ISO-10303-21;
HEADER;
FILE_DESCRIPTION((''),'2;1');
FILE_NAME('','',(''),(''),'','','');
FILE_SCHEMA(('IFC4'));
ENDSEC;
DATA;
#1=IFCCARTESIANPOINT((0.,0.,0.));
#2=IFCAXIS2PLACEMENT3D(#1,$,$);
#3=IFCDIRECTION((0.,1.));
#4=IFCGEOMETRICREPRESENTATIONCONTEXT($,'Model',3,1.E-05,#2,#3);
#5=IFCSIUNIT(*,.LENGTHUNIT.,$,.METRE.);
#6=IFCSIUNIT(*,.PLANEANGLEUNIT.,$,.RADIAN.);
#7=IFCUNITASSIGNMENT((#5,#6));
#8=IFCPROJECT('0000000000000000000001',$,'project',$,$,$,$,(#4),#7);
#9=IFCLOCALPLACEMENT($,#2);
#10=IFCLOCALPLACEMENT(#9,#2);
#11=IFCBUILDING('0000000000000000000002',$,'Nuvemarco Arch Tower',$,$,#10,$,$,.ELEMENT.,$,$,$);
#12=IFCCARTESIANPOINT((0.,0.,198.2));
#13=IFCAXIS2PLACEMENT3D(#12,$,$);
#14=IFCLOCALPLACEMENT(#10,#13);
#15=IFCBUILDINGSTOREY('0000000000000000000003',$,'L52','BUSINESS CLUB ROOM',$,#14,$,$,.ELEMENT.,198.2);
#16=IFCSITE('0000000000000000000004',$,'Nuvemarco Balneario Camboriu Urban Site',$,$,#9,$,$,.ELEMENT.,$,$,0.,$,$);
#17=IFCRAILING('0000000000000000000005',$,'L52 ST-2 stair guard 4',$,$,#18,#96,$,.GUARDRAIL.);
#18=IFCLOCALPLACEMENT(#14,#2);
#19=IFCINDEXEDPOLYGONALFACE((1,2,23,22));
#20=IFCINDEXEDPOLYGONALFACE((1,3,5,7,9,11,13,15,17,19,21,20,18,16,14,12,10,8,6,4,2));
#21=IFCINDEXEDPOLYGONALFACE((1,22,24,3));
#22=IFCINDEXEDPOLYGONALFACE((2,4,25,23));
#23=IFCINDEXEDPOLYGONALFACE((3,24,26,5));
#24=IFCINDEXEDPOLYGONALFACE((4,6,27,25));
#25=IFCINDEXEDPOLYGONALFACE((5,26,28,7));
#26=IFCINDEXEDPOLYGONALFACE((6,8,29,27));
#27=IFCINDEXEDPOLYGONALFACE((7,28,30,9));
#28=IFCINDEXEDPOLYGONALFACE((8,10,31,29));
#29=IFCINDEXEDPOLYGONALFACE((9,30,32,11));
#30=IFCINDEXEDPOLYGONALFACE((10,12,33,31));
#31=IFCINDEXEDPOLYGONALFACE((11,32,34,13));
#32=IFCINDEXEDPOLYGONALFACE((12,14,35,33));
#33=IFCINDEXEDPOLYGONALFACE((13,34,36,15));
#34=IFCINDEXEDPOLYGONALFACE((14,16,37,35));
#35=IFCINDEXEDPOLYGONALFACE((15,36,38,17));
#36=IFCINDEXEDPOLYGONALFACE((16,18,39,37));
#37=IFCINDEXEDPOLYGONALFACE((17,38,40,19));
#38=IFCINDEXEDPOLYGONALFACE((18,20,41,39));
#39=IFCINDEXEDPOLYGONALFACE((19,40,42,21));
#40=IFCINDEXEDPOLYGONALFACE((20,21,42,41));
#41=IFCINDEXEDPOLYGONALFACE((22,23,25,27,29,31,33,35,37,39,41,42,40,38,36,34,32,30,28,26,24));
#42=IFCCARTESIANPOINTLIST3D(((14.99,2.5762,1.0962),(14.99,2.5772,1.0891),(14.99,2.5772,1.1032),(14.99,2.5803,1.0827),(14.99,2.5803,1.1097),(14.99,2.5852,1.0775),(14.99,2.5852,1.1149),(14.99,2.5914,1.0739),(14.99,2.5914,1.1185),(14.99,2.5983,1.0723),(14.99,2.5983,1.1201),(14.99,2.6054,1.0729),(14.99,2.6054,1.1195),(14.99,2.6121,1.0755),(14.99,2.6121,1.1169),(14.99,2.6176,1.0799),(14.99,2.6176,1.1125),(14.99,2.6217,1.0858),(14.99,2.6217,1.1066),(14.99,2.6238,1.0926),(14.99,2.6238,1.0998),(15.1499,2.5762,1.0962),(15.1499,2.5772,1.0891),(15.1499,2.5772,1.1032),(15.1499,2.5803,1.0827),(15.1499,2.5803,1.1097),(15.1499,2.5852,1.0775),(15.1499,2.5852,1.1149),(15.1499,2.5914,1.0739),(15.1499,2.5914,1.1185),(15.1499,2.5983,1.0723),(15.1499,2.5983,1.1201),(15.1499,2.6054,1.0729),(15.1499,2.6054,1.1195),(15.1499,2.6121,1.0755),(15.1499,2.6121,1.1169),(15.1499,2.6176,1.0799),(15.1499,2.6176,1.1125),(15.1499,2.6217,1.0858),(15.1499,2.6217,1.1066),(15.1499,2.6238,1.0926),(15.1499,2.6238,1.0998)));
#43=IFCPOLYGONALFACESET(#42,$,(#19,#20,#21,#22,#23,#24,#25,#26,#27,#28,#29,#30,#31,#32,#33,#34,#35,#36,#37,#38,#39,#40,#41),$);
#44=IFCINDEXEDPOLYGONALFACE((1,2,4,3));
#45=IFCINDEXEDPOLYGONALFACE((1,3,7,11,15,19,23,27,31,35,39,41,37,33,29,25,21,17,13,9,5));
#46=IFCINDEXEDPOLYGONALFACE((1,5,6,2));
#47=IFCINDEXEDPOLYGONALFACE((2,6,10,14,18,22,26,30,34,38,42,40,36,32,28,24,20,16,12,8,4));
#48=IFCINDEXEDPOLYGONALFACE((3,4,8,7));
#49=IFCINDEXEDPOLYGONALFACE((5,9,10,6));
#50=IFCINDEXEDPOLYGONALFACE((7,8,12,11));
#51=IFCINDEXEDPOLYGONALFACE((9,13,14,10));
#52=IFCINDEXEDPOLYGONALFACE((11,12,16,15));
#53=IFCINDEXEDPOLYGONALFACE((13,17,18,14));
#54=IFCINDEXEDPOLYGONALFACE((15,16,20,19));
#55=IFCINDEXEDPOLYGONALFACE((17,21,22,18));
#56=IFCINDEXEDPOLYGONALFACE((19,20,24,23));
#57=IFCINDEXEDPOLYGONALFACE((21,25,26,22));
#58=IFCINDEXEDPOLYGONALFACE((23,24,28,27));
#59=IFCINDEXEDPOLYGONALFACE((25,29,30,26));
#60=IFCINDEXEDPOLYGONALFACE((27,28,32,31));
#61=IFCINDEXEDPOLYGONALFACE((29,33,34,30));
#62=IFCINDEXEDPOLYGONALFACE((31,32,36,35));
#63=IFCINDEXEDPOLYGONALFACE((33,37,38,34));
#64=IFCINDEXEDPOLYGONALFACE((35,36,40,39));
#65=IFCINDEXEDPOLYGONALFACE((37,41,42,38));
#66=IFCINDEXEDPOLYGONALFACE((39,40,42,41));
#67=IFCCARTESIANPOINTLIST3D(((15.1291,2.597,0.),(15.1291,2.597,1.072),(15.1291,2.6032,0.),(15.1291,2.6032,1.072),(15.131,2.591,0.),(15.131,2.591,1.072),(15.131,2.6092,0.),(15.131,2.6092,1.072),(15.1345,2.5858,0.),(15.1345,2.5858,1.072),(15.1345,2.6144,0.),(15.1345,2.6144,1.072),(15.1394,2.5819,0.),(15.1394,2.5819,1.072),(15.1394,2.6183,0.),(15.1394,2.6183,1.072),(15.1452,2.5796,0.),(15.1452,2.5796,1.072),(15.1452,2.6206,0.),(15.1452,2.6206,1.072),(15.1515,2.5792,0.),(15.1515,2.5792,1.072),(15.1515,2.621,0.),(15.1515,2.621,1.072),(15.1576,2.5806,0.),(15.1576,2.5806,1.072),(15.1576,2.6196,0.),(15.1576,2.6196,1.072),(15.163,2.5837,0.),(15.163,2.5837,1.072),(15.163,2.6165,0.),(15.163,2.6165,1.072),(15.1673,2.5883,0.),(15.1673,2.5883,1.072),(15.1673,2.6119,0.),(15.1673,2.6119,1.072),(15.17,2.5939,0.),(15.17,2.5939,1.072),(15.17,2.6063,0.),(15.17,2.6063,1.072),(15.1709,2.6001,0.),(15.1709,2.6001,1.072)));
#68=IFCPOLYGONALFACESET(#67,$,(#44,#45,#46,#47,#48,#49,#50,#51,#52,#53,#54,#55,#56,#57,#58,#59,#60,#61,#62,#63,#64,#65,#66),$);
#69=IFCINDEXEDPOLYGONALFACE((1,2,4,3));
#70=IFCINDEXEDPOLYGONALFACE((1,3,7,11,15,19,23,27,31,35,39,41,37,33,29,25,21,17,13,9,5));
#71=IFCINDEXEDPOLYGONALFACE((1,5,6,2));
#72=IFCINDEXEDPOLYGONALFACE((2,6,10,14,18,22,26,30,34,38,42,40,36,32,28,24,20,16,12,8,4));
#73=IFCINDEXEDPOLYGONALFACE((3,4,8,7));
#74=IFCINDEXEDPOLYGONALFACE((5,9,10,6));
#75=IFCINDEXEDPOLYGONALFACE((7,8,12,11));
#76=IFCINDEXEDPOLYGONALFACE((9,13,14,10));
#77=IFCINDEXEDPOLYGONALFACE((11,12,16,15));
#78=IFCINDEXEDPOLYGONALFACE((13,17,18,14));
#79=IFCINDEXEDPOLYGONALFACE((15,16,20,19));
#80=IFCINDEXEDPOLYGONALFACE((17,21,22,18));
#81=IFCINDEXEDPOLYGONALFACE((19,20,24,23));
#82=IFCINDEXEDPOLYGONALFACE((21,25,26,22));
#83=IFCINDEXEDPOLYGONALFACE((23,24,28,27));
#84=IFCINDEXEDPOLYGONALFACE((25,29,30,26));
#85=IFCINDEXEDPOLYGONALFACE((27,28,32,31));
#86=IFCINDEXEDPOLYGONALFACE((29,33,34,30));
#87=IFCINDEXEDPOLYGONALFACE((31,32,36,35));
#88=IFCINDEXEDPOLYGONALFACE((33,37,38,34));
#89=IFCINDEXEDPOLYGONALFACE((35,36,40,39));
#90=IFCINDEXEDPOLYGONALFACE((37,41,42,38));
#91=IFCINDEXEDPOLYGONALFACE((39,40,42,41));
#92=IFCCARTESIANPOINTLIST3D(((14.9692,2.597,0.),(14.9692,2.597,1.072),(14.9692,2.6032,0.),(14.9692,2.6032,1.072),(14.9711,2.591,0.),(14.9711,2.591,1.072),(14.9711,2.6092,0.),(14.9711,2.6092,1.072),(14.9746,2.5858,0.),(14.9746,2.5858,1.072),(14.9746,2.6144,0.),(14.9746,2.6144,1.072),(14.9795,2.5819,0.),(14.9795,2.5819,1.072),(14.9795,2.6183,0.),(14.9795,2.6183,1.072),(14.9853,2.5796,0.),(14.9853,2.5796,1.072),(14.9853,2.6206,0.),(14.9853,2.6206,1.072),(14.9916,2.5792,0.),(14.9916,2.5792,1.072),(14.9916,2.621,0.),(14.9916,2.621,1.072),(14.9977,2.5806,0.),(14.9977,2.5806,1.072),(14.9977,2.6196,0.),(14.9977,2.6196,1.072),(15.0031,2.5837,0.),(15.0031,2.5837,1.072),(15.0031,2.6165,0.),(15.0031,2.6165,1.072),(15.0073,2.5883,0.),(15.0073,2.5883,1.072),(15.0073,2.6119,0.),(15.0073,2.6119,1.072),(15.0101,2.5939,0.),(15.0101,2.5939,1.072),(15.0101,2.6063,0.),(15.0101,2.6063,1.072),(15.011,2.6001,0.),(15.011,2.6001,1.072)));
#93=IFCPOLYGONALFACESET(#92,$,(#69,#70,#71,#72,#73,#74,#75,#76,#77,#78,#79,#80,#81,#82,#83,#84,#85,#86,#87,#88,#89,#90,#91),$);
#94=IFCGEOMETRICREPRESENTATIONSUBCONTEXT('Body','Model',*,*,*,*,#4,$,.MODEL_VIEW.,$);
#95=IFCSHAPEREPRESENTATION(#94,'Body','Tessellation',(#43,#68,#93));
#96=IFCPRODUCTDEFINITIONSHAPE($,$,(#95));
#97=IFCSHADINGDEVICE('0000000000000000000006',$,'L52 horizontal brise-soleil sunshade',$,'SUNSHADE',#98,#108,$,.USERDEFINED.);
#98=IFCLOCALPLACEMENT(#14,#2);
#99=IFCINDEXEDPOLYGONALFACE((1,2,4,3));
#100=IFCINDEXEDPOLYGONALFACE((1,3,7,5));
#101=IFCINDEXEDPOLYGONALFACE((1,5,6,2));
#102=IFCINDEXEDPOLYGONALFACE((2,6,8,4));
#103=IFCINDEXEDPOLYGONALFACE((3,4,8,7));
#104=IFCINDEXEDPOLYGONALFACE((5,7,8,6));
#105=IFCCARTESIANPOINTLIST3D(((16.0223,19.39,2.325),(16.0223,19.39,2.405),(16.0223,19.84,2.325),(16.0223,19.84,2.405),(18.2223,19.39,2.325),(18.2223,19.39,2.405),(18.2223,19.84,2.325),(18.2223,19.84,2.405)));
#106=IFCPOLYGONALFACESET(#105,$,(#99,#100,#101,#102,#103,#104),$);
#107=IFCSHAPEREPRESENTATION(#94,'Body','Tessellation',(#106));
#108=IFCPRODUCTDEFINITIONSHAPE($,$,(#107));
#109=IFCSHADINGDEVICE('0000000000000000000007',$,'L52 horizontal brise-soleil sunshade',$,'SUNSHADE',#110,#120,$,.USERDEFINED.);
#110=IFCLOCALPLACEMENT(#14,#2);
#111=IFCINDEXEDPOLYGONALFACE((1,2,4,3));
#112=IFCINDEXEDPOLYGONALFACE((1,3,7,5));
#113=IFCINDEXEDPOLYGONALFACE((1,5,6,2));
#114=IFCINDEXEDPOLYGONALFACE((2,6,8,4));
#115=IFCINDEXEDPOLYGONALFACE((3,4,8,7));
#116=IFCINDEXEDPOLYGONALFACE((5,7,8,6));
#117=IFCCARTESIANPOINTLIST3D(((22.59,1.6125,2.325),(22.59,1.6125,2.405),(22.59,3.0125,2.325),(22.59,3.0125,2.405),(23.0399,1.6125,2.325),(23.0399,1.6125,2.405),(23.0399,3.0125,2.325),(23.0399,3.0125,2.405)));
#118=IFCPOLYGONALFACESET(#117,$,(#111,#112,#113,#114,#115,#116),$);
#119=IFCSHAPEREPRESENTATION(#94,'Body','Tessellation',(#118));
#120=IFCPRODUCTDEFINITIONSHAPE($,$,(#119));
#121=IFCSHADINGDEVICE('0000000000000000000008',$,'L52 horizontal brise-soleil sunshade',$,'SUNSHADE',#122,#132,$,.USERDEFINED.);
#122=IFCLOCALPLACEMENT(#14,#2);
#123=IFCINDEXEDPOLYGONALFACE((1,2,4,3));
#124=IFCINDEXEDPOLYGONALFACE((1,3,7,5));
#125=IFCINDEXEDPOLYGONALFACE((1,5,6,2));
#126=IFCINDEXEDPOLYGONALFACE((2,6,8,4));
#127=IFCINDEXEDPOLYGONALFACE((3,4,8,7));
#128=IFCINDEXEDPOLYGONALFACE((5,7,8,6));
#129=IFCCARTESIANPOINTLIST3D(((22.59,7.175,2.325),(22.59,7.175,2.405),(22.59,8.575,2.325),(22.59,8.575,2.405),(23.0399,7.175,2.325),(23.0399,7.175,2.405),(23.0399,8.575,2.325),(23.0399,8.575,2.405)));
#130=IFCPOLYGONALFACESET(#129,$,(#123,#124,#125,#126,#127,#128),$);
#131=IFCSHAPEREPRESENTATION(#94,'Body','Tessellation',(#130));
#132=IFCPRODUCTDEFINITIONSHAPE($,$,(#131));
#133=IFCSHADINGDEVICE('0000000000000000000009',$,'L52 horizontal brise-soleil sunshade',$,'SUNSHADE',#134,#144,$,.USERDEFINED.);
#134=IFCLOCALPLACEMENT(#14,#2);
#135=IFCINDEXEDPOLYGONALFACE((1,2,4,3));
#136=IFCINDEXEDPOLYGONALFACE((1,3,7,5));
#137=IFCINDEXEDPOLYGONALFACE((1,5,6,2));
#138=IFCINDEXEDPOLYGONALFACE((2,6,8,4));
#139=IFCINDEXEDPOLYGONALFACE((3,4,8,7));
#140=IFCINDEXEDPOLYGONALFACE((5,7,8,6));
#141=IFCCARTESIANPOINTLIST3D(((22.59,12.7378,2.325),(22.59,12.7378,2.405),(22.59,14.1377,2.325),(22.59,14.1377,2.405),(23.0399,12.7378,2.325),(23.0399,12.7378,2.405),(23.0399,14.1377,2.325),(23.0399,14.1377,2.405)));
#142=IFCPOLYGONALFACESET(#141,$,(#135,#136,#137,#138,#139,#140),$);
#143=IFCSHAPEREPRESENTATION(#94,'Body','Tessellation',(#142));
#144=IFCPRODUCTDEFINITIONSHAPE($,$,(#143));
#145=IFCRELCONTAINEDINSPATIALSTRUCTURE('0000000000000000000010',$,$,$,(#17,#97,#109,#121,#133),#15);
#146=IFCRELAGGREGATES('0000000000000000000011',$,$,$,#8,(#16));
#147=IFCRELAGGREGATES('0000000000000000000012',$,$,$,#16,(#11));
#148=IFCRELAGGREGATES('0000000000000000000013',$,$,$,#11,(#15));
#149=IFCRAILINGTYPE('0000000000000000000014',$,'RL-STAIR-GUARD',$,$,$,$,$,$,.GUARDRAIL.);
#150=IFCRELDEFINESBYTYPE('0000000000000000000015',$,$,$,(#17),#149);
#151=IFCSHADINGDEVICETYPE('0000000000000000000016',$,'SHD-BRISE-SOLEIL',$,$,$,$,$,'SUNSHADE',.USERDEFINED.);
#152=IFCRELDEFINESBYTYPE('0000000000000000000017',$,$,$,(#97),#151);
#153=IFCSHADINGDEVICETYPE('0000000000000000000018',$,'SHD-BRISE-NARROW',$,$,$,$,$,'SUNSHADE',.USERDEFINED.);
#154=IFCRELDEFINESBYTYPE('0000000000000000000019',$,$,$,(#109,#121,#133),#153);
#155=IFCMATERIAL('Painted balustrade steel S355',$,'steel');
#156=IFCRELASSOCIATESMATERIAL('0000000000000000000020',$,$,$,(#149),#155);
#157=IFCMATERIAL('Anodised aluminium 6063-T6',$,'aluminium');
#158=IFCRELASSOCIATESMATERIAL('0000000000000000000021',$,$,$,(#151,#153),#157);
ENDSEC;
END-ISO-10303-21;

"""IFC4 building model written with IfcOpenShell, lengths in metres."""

from ifc_helpers import new_model, si_unit, direction, frame, origin, origin_2d, place, context, subcontext, project, spatial, rectangle, circle, extrude, source, transform, mapped, material, type_object, type_shapes, element, save


model = new_model("IFC4")

# Units and contexts
model_context = context("Model", 3, precision=1e-05, world=origin(), true_north=direction((0.0, 1.0)))
body_context = subcontext(model_context, "Body", "Model", "MODEL_VIEW")
ifc_project = project(units=[si_unit("LENGTHUNIT", "METRE"), si_unit("PLANEANGLEUNIT", "RADIAN")], contexts=[model_context])

# Site, building, storey
site_placement = place(None, origin())
site = spatial("IfcSite", under=ifc_project, at=site_placement, Name="Nuvemarco Balneario Camboriu Urban Site", CompositionType="ELEMENT", RefElevation=0.0)
building_placement = place(site_placement, origin())
building = spatial("IfcBuilding", under=site, at=building_placement, Name="Nuvemarco Arch Tower", CompositionType="ELEMENT")
storey_placement = place(building_placement, frame((0.0, 0.0, 198.2)))
storey = spatial("IfcBuildingStorey", under=building, at=storey_placement, Name="L52", Description="BUSINESS CLUB ROOM", CompositionType="ELEMENT", Elevation=198.2)

# Railing
ifc_material_1 = material(Name="Painted balustrade steel S355", Category="steel")
railing_type_1 = type_object("IfcRailingType", Name="RL-STAIR-GUARD", PredefinedType="GUARDRAIL", material=ifc_material_1)
railing_1_placement = place(storey_placement, frame((15.1499, 2.6001, 0.0)))
element("IfcRailing", 1, at=railing_1_placement, inside=storey, type_object=railing_type_1, Name="L52 ST-2 stair guard 4", PredefinedType="GUARDRAIL", context=body_context, shape_type="SweptSolid", body=[
    extrude(circle(Radius=0.0239, at=origin_2d()), frame((0.0, 0.0, 1.0962), z_axis=(-1.0, 0.0, 0.0), x_axis=(0.0, -1.0, 0.0)), (0.0, 0.0, 1.0), 0.1599),
    extrude(circle(Radius=0.021, at=origin_2d()), origin(), (0.0, 0.0, 1.0), 1.072),
    extrude(circle(Radius=0.021, at=origin_2d()), frame((-0.1599, 0.0, 0.0)), (0.0, 0.0, 1.0), 1.072),
])

# Shading devices
ifc_material_2 = material(Name="Anodised aluminium 6063-T6", Category="aluminium")
shading_device_type_1 = type_object("IfcShadingDeviceType", Name="SHD-BRISE-SOLEIL", ElementType="SUNSHADE", PredefinedType="USERDEFINED", material=ifc_material_2)
shared_shape_1 = source(origin(), body_context, "Body", "SweptSolid", [
    extrude(rectangle(XDim=2.2, YDim=0.45, at=origin_2d()), origin(), (0.0, 0.0, 1.0), 0.0801),
])
type_shapes(shading_device_type_1, [shared_shape_1])
shading_device_placement = place(storey_placement, frame((17.1223, 19.615, 2.325), z_axis=(0.0, 0.0, 1.0), x_axis=(1.0, 0.0, 0.0)))
element("IfcShadingDevice", 2, at=shading_device_placement, inside=storey, type_object=shading_device_type_1, Name="L52 horizontal brise-soleil sunshade", ObjectType="SUNSHADE", PredefinedType="USERDEFINED", context=body_context, shape_type="MappedRepresentation", body=[
    mapped(shared_shape_1, transform((0.0, 0.0, 0.0), scale=1.0)),
])
shading_device_type_2 = type_object("IfcShadingDeviceType", Name="SHD-BRISE-NARROW", ElementType="SUNSHADE", PredefinedType="USERDEFINED", material=ifc_material_2)
shared_shape_2 = source(origin(), body_context, "Body", "SweptSolid", [
    extrude(rectangle(XDim=1.3999, YDim=0.45, at=origin_2d()), origin(), (0.0, 0.0, 1.0), 0.0801),
])
type_shapes(shading_device_type_2, [shared_shape_2])
for number, where, z_axis, x_axis, name in (
    (3, (22.8149, 2.3125, 2.325), (0.0, 0.0, 1.0), (0.0, 1.0, 0.0), "L52 horizontal brise-soleil sunshade"),
    (4, (22.8149, 7.875, 2.325), (0.0, 0.0, 1.0), (0.0, 1.0, 0.0), "L52 horizontal brise-soleil sunshade"),
    (5, (22.8149, 13.4377, 2.325), (0.0, 0.0, 1.0), (0.0, 1.0, 0.0), "L52 horizontal brise-soleil sunshade"),
):
    element("IfcShadingDevice", number, at=place(storey_placement, frame(where, z_axis=z_axis, x_axis=x_axis)), inside=storey, type_object=shading_device_type_2, Name=name, ObjectType="SUNSHADE", PredefinedType="USERDEFINED", context=body_context, shape_type="MappedRepresentation", body=[
        mapped(shared_shape_2, transform((0.0, 0.0, 0.0), scale=1.0)),
    ])

save(model, "model.ifc")
